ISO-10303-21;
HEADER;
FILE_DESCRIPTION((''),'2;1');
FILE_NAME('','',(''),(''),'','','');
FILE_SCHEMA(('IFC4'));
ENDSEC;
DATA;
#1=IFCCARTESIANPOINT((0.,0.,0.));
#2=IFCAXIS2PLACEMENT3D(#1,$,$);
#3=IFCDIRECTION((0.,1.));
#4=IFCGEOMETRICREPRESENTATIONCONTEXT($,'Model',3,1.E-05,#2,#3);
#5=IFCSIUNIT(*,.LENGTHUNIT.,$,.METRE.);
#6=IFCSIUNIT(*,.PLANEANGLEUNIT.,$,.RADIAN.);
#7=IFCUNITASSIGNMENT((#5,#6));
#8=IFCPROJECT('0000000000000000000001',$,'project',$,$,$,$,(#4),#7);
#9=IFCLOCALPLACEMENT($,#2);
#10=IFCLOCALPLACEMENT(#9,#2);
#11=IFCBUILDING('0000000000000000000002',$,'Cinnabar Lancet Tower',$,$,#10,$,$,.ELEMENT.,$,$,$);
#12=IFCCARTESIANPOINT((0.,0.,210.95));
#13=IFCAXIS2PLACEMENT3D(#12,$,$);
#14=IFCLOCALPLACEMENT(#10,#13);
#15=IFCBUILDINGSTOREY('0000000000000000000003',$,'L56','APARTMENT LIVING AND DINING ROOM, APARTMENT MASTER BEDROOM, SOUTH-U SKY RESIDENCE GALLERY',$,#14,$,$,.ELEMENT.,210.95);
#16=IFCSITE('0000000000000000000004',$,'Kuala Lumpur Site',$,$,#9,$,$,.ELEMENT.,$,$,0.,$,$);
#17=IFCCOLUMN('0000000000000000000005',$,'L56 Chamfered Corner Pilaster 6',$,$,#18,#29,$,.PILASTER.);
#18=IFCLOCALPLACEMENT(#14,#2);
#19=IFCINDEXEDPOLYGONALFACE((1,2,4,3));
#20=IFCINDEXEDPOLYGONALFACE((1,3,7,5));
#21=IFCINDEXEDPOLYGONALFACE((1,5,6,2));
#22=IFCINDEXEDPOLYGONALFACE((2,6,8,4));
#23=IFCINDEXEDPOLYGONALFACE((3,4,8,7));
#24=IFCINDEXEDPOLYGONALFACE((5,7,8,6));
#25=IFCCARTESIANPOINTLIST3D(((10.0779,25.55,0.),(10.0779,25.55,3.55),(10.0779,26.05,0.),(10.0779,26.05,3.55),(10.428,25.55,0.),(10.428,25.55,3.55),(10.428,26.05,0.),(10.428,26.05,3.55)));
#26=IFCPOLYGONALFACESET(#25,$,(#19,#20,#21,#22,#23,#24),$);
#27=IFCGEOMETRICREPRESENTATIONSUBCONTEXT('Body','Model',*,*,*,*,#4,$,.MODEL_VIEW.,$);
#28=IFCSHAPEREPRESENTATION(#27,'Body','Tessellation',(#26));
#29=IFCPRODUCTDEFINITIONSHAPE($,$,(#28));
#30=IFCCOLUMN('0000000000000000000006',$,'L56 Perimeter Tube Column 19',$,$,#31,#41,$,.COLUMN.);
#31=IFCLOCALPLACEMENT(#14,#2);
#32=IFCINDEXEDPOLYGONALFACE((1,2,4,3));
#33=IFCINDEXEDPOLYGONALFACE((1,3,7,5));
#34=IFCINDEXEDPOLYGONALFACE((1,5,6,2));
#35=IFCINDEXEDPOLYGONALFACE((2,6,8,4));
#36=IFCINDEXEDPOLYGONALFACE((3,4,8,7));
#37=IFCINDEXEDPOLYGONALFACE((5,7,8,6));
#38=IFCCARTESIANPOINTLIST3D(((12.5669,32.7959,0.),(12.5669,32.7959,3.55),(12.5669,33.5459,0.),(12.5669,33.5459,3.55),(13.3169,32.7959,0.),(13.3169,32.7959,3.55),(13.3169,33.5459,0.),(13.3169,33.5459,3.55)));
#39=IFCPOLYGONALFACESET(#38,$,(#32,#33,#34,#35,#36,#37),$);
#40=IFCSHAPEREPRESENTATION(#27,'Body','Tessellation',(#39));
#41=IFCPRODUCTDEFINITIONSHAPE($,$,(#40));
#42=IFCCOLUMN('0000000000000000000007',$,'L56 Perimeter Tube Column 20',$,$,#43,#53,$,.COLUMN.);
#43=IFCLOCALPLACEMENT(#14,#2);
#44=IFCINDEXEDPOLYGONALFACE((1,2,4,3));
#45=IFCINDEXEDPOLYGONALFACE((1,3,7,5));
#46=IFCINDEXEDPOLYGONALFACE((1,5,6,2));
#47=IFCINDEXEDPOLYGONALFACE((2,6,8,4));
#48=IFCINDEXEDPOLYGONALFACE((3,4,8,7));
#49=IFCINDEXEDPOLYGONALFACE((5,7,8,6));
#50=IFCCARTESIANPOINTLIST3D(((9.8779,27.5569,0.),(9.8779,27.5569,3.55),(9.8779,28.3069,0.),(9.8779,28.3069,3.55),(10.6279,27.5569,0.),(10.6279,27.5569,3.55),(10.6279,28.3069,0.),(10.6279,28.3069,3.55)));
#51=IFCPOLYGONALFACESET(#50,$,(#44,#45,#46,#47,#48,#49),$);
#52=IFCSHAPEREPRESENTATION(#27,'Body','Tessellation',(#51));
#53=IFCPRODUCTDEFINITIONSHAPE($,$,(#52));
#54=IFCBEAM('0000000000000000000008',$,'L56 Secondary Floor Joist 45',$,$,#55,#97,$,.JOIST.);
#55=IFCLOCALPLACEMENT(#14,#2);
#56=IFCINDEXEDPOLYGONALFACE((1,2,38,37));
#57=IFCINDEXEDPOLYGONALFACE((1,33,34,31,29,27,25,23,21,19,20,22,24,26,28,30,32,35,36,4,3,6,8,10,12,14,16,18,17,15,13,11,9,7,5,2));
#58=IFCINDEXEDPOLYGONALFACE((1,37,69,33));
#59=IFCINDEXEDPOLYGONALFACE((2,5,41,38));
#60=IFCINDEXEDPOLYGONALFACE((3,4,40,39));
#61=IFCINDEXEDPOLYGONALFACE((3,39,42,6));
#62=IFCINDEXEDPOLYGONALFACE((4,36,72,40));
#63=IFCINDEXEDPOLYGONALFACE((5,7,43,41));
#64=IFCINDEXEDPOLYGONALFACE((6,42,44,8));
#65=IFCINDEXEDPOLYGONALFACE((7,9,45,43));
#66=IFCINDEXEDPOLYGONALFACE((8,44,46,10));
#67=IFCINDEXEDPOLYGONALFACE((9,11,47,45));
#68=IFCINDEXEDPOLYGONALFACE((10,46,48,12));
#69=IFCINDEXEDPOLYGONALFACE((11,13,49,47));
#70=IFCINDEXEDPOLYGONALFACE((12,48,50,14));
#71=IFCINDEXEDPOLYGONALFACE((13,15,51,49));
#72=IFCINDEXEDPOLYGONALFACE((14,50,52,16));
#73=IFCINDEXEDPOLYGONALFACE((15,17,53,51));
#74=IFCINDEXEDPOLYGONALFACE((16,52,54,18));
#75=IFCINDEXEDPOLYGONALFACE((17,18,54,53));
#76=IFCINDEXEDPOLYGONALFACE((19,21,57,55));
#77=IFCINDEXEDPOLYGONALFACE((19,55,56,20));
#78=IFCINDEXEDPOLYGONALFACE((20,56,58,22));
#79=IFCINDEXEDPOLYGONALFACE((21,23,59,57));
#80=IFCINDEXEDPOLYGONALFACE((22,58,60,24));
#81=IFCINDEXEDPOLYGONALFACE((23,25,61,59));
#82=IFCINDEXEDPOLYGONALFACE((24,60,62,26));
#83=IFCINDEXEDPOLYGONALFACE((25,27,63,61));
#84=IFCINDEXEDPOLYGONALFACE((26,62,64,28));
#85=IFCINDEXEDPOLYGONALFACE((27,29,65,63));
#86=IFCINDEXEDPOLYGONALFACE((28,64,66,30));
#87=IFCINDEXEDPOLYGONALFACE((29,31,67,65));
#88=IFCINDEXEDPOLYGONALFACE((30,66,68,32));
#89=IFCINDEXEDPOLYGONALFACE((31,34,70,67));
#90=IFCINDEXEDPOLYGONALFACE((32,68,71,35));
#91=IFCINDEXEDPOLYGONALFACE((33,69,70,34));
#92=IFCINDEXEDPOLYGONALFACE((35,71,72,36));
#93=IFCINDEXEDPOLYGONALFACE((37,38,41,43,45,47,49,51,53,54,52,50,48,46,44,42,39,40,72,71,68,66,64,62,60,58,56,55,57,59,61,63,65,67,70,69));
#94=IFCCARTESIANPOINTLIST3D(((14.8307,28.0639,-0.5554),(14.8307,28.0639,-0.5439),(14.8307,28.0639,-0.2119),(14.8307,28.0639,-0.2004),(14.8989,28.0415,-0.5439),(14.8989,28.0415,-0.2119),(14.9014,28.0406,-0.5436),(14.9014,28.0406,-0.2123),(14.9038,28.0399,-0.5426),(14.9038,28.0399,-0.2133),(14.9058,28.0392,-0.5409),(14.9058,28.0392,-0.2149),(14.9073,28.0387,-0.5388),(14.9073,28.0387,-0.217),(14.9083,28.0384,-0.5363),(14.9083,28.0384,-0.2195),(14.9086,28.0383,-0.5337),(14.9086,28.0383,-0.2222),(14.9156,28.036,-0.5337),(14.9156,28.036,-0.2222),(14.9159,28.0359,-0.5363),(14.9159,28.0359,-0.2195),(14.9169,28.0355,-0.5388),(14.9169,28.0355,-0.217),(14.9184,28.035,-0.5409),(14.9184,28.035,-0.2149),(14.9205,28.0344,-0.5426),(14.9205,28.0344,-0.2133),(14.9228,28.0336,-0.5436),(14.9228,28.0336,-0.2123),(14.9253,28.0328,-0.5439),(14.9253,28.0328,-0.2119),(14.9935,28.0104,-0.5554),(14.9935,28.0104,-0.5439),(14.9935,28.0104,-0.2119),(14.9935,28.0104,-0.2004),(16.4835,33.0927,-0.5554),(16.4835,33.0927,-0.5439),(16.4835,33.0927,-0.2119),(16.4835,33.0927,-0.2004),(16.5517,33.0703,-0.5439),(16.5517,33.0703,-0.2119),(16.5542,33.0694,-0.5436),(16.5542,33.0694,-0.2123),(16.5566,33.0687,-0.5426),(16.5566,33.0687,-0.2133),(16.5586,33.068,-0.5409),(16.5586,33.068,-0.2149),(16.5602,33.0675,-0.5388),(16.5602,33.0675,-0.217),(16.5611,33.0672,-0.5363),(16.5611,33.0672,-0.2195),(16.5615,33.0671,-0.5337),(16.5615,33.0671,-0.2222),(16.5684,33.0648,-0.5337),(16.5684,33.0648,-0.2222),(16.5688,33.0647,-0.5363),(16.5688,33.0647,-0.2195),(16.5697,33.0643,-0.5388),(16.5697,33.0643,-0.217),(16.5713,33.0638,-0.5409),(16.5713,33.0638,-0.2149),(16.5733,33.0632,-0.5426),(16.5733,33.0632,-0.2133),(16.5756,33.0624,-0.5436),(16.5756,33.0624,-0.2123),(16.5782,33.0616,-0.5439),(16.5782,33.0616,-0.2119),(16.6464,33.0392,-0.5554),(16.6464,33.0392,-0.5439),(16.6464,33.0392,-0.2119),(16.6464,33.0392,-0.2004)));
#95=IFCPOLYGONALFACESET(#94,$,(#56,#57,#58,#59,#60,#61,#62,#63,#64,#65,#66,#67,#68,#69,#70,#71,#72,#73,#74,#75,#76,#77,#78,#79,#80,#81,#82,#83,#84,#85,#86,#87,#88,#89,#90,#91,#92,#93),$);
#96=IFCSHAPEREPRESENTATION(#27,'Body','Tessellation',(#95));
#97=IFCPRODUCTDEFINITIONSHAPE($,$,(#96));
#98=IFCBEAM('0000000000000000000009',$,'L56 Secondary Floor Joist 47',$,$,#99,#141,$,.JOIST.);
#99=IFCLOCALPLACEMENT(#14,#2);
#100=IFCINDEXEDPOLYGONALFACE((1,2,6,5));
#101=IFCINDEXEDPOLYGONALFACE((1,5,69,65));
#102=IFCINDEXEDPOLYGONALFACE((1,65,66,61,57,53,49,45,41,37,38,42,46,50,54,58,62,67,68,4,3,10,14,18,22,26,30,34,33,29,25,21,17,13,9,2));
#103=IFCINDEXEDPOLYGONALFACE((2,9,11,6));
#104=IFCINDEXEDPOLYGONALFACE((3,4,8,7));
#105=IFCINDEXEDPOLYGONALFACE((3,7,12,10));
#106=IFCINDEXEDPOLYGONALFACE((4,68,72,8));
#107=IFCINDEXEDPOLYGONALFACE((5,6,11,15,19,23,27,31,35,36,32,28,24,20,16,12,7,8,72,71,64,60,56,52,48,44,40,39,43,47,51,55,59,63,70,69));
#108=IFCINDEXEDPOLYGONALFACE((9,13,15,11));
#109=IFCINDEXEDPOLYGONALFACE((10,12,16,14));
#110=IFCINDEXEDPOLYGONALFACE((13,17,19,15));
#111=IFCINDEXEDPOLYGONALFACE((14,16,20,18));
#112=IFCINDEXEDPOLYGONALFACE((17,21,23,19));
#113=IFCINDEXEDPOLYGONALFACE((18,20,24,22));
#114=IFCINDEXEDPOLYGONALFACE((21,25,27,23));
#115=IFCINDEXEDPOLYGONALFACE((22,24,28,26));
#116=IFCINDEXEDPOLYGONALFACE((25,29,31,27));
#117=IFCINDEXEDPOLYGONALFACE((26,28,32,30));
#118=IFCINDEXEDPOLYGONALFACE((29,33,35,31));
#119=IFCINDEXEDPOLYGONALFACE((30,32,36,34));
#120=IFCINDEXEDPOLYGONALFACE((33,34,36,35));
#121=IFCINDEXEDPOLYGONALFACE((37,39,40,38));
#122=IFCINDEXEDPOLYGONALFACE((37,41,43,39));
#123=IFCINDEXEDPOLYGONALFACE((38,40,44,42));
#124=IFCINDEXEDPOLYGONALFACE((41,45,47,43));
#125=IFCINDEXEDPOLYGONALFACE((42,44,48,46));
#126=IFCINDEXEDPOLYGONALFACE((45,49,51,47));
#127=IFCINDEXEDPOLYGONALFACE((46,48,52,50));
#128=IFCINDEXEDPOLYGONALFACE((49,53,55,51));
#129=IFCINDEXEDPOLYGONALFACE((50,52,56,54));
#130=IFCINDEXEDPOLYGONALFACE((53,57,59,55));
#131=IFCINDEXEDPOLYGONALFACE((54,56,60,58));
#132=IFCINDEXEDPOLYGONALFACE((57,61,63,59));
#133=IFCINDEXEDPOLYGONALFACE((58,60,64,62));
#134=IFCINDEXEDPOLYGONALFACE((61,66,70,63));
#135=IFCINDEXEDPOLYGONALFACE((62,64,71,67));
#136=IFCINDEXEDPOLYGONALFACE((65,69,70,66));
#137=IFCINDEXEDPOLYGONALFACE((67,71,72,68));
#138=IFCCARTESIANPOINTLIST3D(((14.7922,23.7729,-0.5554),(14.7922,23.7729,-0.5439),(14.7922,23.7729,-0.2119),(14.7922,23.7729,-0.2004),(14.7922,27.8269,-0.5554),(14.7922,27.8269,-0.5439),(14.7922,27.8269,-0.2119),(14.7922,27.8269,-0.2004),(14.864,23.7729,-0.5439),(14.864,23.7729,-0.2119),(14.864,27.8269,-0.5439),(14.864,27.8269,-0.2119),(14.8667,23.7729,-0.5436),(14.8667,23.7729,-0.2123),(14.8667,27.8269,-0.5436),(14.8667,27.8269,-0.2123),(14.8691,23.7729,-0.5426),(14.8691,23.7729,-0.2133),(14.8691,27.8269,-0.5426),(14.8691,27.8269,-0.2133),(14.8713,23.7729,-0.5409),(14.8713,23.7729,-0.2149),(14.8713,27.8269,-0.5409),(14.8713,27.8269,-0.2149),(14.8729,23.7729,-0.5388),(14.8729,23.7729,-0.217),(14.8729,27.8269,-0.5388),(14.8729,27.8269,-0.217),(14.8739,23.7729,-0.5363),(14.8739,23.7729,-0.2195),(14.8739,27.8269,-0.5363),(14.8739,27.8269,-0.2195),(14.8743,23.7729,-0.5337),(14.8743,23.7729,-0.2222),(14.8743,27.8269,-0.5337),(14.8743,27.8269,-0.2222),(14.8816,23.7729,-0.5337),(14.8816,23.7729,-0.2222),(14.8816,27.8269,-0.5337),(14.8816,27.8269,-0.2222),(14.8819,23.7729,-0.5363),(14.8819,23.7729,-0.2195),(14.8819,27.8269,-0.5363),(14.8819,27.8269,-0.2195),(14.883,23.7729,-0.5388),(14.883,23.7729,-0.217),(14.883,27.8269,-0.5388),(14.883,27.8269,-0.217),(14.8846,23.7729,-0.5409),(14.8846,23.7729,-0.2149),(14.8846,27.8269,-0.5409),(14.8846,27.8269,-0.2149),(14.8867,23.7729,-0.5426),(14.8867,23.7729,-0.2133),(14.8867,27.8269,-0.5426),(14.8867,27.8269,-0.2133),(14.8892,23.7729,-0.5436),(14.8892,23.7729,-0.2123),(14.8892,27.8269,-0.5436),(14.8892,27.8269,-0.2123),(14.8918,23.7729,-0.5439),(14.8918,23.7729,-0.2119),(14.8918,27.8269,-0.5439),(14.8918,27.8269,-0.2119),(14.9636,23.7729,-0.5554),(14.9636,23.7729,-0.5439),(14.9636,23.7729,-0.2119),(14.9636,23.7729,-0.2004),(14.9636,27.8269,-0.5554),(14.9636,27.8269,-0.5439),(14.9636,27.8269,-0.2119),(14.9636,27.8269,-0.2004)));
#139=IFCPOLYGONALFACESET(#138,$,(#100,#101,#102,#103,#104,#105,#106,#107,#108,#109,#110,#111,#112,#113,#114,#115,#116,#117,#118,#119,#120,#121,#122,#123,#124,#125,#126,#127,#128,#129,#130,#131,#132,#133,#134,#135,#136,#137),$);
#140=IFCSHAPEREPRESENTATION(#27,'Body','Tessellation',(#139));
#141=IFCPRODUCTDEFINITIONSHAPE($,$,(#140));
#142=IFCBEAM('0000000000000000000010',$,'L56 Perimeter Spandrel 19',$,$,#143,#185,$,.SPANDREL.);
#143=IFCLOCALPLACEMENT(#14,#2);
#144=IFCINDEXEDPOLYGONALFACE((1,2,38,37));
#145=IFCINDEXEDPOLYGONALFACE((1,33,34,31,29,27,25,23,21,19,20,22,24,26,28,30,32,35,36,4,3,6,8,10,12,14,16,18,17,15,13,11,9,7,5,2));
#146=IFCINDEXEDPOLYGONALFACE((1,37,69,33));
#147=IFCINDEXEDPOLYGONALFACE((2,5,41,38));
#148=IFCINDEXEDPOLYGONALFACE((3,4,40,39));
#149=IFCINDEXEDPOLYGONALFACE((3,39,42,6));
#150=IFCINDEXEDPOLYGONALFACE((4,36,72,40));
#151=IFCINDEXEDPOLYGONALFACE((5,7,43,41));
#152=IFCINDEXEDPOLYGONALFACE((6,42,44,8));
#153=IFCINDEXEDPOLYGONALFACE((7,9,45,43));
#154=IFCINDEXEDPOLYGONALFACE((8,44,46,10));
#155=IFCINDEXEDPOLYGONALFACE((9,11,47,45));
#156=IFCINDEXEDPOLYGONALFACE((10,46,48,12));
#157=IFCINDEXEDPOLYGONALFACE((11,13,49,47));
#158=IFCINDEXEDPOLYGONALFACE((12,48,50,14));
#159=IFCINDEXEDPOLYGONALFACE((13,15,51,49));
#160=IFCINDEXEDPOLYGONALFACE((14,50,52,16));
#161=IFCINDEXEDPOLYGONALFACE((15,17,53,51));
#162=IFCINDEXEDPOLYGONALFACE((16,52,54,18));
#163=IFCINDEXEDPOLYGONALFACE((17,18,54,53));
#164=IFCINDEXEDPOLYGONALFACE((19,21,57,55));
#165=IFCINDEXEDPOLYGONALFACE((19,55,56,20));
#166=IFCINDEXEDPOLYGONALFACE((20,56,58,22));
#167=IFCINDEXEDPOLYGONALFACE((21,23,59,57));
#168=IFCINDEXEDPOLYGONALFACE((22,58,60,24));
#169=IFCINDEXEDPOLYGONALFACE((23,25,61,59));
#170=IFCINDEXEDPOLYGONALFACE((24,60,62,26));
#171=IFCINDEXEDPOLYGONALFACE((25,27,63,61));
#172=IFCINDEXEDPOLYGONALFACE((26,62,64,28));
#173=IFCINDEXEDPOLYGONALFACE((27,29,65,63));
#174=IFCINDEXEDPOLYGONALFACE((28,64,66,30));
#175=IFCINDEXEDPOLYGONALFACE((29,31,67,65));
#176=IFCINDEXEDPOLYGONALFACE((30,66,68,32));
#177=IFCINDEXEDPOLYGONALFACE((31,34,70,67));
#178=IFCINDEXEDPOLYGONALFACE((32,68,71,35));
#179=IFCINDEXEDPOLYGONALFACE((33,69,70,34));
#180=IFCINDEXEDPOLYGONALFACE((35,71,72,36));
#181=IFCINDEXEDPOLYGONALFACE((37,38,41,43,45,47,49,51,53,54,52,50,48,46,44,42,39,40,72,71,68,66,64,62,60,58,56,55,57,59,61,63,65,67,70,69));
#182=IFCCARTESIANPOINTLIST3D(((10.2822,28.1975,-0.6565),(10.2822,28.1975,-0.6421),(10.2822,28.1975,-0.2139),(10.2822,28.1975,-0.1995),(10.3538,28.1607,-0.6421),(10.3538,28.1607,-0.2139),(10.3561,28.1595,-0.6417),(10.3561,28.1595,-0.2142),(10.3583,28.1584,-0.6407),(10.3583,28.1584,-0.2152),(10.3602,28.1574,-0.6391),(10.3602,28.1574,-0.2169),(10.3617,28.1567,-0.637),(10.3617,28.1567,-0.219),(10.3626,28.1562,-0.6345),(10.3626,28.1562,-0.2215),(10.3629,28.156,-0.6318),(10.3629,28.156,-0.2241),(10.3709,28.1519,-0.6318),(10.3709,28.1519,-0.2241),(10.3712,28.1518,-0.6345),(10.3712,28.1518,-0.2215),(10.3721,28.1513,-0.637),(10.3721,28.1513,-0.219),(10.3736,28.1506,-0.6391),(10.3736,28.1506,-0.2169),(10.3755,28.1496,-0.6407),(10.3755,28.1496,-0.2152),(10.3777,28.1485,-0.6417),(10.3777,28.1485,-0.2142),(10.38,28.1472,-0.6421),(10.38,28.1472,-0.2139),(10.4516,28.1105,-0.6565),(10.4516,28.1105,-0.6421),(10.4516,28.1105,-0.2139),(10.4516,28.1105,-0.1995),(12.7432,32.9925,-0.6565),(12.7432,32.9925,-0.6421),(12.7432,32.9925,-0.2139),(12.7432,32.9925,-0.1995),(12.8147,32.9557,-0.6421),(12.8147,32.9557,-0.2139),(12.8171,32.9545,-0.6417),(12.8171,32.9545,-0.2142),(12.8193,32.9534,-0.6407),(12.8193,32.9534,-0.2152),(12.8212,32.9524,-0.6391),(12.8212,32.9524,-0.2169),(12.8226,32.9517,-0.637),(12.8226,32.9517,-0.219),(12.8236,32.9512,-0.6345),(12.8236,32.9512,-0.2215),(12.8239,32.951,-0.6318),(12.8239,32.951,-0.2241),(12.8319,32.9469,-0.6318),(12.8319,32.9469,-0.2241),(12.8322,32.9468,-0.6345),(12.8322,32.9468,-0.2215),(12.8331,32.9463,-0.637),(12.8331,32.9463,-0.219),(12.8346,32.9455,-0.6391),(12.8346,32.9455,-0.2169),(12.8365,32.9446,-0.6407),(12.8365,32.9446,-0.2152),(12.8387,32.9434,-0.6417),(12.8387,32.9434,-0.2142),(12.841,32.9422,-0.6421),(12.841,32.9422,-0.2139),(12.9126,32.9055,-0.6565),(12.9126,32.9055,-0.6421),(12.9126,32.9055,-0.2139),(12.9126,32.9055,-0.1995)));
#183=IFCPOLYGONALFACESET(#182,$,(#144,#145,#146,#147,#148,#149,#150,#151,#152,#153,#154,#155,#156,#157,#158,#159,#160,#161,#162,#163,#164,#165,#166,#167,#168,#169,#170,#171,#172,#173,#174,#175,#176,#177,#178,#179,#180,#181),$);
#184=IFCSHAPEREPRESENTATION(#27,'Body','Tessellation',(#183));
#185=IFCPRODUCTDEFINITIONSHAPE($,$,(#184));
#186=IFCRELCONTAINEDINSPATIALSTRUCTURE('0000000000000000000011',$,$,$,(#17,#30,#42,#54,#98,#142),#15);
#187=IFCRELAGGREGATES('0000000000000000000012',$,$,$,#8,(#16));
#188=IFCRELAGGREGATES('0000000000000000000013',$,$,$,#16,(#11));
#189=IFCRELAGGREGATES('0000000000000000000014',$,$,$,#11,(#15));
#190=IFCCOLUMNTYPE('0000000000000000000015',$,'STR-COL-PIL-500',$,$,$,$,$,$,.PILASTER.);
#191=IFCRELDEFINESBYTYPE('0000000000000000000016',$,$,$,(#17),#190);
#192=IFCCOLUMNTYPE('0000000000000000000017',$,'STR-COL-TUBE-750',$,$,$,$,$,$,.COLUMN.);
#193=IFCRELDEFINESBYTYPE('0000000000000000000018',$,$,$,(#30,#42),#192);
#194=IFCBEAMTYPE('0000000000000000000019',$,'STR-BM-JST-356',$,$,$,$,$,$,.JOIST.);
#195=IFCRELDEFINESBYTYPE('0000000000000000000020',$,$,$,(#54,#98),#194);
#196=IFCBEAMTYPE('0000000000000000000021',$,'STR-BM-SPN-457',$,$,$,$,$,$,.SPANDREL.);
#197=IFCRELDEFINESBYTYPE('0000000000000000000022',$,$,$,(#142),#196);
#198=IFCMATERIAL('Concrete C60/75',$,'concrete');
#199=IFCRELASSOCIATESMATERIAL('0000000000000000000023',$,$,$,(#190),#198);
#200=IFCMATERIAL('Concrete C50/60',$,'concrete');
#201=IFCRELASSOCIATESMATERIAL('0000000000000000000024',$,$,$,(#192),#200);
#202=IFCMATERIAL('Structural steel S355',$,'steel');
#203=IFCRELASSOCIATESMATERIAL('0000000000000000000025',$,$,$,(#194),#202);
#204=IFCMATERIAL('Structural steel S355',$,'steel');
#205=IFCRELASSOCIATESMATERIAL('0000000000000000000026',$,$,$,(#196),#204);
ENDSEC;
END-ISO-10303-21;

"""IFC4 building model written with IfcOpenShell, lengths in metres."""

from ifc_helpers import new_model, si_unit, direction, frame, origin, origin_2d, place, context, subcontext, project, spatial, rectangle, i_section, extrude, material, material_profile, profile_set, type_object, element, save


model = new_model("IFC4")

# Units and contexts
model_context = context("Model", 3, precision=1e-05, world=origin(), true_north=direction((0.0, 1.0)))
body_context = subcontext(model_context, "Body", "Model", "MODEL_VIEW")
ifc_project = project(units=[si_unit("LENGTHUNIT", "METRE"), si_unit("PLANEANGLEUNIT", "RADIAN")], contexts=[model_context])

# Site, building, storey
site_placement = place(None, origin())
site = spatial("IfcSite", under=ifc_project, at=site_placement, Name="Kuala Lumpur Site", CompositionType="ELEMENT", RefElevation=0.0)
building_placement = place(site_placement, origin())
building = spatial("IfcBuilding", under=site, at=building_placement, Name="Cinnabar Lancet Tower", CompositionType="ELEMENT")
storey_placement = place(building_placement, frame((0.0, 0.0, 210.95)))
storey = spatial("IfcBuildingStorey", under=building, at=storey_placement, Name="L56", Description="APARTMENT LIVING AND DINING ROOM, APARTMENT MASTER BEDROOM, SOUTH-U SKY RESIDENCE GALLERY", CompositionType="ELEMENT", Elevation=210.95)

# Columns
ifc_material_1 = material(Name="Concrete C60/75", Category="concrete")
ifc_material_profile_1 = material_profile(ifc_material_1, rectangle(XDim=0.5, YDim=0.3501, at=origin_2d()), Name="RC-PIL 500x350")
ifc_profile_set_1 = profile_set([ifc_material_profile_1], Name="Concrete C60/75")
column_type_1 = type_object("IfcColumnType", Name="STR-COL-PIL-500", PredefinedType="PILASTER", material=ifc_profile_set_1)
column_placement = place(storey_placement, frame((10.2529, 25.8, 0.0), z_axis=(0.0, 0.0, 1.0), x_axis=(0.0, -1.0, 0.0)))
element("IfcColumn", 1, at=column_placement, inside=storey, type_object=column_type_1, Name="L56 Chamfered Corner Pilaster 6", PredefinedType="PILASTER", context=body_context, shape_type="SweptSolid", body=[
    extrude(rectangle(XDim=0.5, YDim=0.3501, at=origin_2d()), origin(), (0.0, 0.0, 1.0), 3.55),
])
ifc_material_2 = material(Name="Concrete C50/60", Category="concrete")
ifc_material_profile_2 = material_profile(ifc_material_2, rectangle(XDim=0.75, YDim=0.75, at=origin_2d()), Name="RC-COL 750x750")
ifc_profile_set_2 = profile_set([ifc_material_profile_2], Name="Concrete C50/60")
column_type_2 = type_object("IfcColumnType", Name="STR-COL-TUBE-750", PredefinedType="COLUMN", material=ifc_profile_set_2)
for number, where, z_axis, x_axis, name in (
    (2, (12.9419, 33.1709, 0.0), (0.0, 0.0, 1.0), (1.0, 0.0, 0.0), "L56 Perimeter Tube Column 19"),
    (3, (10.2529, 27.9319, 0.0), (0.0, 0.0, 1.0), (1.0, 0.0, 0.0), "L56 Perimeter Tube Column 20"),
):
    element("IfcColumn", number, at=place(storey_placement, frame(where, z_axis=z_axis, x_axis=x_axis)), inside=storey, type_object=column_type_2, Name=name, PredefinedType="COLUMN", context=body_context, shape_type="SweptSolid", body=[
        extrude(rectangle(XDim=0.75, YDim=0.75, at=origin_2d()), origin(), (0.0, 0.0, 1.0), 3.55),
    ])

# Beams
ifc_material_3 = material(Name="Structural steel S355", Category="steel")
ifc_material_profile_3 = material_profile(ifc_material_3, i_section(OverallWidth=0.1714, OverallDepth=0.355, WebThickness=0.0073, FlangeThickness=0.0115, FilletRadius=0.0103, at=origin_2d()), Name="UKB 356x171x51")
ifc_profile_set_3 = profile_set([ifc_material_profile_3], Name="Structural steel S355")
beam_type_1 = type_object("IfcBeamType", Name="STR-BM-JST-356", PredefinedType="JOIST", material=ifc_profile_set_3)
beam_1_placement = place(storey_placement, frame((16.5649, 33.0659, -0.3779), z_axis=(-0.31224, -0.950003, 0.0), x_axis=(0.950003, -0.31224, 0.0)))
element("IfcBeam", 4, at=beam_1_placement, inside=storey, type_object=beam_type_1, Name="L56 Secondary Floor Joist 45", PredefinedType="JOIST", context=body_context, shape_type="SweptSolid", body=[
    extrude(i_section(OverallWidth=0.1714, OverallDepth=0.355, WebThickness=0.0073, FlangeThickness=0.0115, FilletRadius=0.0103, at=origin_2d()), origin(), (0.0, 0.0, 1.0), 5.2935),
])
beam_2_placement = place(storey_placement, frame((14.8779, 27.8269, -0.3779), z_axis=(0.0, -1.0, 0.0), x_axis=(1.0, 0.0, 0.0)))
element("IfcBeam", 5, at=beam_2_placement, inside=storey, type_object=beam_type_1, Name="L56 Secondary Floor Joist 47", PredefinedType="JOIST", context=body_context, shape_type="SweptSolid", body=[
    extrude(i_section(OverallWidth=0.1714, OverallDepth=0.355, WebThickness=0.0073, FlangeThickness=0.0115, FilletRadius=0.0103, at=origin_2d()), origin(), (0.0, 0.0, 1.0), 4.054),
])
ifc_material_4 = material(Name="Structural steel S355", Category="steel")
ifc_material_profile_4 = material_profile(ifc_material_4, i_section(OverallWidth=0.1904, OverallDepth=0.457, WebThickness=0.009, FlangeThickness=0.0144, FilletRadius=0.0103, at=origin_2d()), Name="UKB 457x191x74")
ifc_profile_set_4 = profile_set([ifc_material_profile_4], Name="Structural steel S355")
beam_type_2 = type_object("IfcBeamType", Name="STR-BM-SPN-457", PredefinedType="SPANDREL", material=ifc_profile_set_4)
beam_3_placement = place(storey_placement, frame((12.8279, 32.949, -0.428), z_axis=(-0.456611, -0.889666, 0.0), x_axis=(0.889666, -0.456611, 0.0)))
element("IfcBeam", 6, at=beam_3_placement, inside=storey, type_object=beam_type_2, Name="L56 Perimeter Spandrel 19", PredefinedType="SPANDREL", context=body_context, shape_type="SweptSolid", body=[
    extrude(i_section(OverallWidth=0.1904, OverallDepth=0.457, WebThickness=0.009, FlangeThickness=0.0144, FilletRadius=0.0103, at=origin_2d()), origin(), (0.0, 0.0, 1.0), 5.3896),
])

save(model, "model.ifc")
